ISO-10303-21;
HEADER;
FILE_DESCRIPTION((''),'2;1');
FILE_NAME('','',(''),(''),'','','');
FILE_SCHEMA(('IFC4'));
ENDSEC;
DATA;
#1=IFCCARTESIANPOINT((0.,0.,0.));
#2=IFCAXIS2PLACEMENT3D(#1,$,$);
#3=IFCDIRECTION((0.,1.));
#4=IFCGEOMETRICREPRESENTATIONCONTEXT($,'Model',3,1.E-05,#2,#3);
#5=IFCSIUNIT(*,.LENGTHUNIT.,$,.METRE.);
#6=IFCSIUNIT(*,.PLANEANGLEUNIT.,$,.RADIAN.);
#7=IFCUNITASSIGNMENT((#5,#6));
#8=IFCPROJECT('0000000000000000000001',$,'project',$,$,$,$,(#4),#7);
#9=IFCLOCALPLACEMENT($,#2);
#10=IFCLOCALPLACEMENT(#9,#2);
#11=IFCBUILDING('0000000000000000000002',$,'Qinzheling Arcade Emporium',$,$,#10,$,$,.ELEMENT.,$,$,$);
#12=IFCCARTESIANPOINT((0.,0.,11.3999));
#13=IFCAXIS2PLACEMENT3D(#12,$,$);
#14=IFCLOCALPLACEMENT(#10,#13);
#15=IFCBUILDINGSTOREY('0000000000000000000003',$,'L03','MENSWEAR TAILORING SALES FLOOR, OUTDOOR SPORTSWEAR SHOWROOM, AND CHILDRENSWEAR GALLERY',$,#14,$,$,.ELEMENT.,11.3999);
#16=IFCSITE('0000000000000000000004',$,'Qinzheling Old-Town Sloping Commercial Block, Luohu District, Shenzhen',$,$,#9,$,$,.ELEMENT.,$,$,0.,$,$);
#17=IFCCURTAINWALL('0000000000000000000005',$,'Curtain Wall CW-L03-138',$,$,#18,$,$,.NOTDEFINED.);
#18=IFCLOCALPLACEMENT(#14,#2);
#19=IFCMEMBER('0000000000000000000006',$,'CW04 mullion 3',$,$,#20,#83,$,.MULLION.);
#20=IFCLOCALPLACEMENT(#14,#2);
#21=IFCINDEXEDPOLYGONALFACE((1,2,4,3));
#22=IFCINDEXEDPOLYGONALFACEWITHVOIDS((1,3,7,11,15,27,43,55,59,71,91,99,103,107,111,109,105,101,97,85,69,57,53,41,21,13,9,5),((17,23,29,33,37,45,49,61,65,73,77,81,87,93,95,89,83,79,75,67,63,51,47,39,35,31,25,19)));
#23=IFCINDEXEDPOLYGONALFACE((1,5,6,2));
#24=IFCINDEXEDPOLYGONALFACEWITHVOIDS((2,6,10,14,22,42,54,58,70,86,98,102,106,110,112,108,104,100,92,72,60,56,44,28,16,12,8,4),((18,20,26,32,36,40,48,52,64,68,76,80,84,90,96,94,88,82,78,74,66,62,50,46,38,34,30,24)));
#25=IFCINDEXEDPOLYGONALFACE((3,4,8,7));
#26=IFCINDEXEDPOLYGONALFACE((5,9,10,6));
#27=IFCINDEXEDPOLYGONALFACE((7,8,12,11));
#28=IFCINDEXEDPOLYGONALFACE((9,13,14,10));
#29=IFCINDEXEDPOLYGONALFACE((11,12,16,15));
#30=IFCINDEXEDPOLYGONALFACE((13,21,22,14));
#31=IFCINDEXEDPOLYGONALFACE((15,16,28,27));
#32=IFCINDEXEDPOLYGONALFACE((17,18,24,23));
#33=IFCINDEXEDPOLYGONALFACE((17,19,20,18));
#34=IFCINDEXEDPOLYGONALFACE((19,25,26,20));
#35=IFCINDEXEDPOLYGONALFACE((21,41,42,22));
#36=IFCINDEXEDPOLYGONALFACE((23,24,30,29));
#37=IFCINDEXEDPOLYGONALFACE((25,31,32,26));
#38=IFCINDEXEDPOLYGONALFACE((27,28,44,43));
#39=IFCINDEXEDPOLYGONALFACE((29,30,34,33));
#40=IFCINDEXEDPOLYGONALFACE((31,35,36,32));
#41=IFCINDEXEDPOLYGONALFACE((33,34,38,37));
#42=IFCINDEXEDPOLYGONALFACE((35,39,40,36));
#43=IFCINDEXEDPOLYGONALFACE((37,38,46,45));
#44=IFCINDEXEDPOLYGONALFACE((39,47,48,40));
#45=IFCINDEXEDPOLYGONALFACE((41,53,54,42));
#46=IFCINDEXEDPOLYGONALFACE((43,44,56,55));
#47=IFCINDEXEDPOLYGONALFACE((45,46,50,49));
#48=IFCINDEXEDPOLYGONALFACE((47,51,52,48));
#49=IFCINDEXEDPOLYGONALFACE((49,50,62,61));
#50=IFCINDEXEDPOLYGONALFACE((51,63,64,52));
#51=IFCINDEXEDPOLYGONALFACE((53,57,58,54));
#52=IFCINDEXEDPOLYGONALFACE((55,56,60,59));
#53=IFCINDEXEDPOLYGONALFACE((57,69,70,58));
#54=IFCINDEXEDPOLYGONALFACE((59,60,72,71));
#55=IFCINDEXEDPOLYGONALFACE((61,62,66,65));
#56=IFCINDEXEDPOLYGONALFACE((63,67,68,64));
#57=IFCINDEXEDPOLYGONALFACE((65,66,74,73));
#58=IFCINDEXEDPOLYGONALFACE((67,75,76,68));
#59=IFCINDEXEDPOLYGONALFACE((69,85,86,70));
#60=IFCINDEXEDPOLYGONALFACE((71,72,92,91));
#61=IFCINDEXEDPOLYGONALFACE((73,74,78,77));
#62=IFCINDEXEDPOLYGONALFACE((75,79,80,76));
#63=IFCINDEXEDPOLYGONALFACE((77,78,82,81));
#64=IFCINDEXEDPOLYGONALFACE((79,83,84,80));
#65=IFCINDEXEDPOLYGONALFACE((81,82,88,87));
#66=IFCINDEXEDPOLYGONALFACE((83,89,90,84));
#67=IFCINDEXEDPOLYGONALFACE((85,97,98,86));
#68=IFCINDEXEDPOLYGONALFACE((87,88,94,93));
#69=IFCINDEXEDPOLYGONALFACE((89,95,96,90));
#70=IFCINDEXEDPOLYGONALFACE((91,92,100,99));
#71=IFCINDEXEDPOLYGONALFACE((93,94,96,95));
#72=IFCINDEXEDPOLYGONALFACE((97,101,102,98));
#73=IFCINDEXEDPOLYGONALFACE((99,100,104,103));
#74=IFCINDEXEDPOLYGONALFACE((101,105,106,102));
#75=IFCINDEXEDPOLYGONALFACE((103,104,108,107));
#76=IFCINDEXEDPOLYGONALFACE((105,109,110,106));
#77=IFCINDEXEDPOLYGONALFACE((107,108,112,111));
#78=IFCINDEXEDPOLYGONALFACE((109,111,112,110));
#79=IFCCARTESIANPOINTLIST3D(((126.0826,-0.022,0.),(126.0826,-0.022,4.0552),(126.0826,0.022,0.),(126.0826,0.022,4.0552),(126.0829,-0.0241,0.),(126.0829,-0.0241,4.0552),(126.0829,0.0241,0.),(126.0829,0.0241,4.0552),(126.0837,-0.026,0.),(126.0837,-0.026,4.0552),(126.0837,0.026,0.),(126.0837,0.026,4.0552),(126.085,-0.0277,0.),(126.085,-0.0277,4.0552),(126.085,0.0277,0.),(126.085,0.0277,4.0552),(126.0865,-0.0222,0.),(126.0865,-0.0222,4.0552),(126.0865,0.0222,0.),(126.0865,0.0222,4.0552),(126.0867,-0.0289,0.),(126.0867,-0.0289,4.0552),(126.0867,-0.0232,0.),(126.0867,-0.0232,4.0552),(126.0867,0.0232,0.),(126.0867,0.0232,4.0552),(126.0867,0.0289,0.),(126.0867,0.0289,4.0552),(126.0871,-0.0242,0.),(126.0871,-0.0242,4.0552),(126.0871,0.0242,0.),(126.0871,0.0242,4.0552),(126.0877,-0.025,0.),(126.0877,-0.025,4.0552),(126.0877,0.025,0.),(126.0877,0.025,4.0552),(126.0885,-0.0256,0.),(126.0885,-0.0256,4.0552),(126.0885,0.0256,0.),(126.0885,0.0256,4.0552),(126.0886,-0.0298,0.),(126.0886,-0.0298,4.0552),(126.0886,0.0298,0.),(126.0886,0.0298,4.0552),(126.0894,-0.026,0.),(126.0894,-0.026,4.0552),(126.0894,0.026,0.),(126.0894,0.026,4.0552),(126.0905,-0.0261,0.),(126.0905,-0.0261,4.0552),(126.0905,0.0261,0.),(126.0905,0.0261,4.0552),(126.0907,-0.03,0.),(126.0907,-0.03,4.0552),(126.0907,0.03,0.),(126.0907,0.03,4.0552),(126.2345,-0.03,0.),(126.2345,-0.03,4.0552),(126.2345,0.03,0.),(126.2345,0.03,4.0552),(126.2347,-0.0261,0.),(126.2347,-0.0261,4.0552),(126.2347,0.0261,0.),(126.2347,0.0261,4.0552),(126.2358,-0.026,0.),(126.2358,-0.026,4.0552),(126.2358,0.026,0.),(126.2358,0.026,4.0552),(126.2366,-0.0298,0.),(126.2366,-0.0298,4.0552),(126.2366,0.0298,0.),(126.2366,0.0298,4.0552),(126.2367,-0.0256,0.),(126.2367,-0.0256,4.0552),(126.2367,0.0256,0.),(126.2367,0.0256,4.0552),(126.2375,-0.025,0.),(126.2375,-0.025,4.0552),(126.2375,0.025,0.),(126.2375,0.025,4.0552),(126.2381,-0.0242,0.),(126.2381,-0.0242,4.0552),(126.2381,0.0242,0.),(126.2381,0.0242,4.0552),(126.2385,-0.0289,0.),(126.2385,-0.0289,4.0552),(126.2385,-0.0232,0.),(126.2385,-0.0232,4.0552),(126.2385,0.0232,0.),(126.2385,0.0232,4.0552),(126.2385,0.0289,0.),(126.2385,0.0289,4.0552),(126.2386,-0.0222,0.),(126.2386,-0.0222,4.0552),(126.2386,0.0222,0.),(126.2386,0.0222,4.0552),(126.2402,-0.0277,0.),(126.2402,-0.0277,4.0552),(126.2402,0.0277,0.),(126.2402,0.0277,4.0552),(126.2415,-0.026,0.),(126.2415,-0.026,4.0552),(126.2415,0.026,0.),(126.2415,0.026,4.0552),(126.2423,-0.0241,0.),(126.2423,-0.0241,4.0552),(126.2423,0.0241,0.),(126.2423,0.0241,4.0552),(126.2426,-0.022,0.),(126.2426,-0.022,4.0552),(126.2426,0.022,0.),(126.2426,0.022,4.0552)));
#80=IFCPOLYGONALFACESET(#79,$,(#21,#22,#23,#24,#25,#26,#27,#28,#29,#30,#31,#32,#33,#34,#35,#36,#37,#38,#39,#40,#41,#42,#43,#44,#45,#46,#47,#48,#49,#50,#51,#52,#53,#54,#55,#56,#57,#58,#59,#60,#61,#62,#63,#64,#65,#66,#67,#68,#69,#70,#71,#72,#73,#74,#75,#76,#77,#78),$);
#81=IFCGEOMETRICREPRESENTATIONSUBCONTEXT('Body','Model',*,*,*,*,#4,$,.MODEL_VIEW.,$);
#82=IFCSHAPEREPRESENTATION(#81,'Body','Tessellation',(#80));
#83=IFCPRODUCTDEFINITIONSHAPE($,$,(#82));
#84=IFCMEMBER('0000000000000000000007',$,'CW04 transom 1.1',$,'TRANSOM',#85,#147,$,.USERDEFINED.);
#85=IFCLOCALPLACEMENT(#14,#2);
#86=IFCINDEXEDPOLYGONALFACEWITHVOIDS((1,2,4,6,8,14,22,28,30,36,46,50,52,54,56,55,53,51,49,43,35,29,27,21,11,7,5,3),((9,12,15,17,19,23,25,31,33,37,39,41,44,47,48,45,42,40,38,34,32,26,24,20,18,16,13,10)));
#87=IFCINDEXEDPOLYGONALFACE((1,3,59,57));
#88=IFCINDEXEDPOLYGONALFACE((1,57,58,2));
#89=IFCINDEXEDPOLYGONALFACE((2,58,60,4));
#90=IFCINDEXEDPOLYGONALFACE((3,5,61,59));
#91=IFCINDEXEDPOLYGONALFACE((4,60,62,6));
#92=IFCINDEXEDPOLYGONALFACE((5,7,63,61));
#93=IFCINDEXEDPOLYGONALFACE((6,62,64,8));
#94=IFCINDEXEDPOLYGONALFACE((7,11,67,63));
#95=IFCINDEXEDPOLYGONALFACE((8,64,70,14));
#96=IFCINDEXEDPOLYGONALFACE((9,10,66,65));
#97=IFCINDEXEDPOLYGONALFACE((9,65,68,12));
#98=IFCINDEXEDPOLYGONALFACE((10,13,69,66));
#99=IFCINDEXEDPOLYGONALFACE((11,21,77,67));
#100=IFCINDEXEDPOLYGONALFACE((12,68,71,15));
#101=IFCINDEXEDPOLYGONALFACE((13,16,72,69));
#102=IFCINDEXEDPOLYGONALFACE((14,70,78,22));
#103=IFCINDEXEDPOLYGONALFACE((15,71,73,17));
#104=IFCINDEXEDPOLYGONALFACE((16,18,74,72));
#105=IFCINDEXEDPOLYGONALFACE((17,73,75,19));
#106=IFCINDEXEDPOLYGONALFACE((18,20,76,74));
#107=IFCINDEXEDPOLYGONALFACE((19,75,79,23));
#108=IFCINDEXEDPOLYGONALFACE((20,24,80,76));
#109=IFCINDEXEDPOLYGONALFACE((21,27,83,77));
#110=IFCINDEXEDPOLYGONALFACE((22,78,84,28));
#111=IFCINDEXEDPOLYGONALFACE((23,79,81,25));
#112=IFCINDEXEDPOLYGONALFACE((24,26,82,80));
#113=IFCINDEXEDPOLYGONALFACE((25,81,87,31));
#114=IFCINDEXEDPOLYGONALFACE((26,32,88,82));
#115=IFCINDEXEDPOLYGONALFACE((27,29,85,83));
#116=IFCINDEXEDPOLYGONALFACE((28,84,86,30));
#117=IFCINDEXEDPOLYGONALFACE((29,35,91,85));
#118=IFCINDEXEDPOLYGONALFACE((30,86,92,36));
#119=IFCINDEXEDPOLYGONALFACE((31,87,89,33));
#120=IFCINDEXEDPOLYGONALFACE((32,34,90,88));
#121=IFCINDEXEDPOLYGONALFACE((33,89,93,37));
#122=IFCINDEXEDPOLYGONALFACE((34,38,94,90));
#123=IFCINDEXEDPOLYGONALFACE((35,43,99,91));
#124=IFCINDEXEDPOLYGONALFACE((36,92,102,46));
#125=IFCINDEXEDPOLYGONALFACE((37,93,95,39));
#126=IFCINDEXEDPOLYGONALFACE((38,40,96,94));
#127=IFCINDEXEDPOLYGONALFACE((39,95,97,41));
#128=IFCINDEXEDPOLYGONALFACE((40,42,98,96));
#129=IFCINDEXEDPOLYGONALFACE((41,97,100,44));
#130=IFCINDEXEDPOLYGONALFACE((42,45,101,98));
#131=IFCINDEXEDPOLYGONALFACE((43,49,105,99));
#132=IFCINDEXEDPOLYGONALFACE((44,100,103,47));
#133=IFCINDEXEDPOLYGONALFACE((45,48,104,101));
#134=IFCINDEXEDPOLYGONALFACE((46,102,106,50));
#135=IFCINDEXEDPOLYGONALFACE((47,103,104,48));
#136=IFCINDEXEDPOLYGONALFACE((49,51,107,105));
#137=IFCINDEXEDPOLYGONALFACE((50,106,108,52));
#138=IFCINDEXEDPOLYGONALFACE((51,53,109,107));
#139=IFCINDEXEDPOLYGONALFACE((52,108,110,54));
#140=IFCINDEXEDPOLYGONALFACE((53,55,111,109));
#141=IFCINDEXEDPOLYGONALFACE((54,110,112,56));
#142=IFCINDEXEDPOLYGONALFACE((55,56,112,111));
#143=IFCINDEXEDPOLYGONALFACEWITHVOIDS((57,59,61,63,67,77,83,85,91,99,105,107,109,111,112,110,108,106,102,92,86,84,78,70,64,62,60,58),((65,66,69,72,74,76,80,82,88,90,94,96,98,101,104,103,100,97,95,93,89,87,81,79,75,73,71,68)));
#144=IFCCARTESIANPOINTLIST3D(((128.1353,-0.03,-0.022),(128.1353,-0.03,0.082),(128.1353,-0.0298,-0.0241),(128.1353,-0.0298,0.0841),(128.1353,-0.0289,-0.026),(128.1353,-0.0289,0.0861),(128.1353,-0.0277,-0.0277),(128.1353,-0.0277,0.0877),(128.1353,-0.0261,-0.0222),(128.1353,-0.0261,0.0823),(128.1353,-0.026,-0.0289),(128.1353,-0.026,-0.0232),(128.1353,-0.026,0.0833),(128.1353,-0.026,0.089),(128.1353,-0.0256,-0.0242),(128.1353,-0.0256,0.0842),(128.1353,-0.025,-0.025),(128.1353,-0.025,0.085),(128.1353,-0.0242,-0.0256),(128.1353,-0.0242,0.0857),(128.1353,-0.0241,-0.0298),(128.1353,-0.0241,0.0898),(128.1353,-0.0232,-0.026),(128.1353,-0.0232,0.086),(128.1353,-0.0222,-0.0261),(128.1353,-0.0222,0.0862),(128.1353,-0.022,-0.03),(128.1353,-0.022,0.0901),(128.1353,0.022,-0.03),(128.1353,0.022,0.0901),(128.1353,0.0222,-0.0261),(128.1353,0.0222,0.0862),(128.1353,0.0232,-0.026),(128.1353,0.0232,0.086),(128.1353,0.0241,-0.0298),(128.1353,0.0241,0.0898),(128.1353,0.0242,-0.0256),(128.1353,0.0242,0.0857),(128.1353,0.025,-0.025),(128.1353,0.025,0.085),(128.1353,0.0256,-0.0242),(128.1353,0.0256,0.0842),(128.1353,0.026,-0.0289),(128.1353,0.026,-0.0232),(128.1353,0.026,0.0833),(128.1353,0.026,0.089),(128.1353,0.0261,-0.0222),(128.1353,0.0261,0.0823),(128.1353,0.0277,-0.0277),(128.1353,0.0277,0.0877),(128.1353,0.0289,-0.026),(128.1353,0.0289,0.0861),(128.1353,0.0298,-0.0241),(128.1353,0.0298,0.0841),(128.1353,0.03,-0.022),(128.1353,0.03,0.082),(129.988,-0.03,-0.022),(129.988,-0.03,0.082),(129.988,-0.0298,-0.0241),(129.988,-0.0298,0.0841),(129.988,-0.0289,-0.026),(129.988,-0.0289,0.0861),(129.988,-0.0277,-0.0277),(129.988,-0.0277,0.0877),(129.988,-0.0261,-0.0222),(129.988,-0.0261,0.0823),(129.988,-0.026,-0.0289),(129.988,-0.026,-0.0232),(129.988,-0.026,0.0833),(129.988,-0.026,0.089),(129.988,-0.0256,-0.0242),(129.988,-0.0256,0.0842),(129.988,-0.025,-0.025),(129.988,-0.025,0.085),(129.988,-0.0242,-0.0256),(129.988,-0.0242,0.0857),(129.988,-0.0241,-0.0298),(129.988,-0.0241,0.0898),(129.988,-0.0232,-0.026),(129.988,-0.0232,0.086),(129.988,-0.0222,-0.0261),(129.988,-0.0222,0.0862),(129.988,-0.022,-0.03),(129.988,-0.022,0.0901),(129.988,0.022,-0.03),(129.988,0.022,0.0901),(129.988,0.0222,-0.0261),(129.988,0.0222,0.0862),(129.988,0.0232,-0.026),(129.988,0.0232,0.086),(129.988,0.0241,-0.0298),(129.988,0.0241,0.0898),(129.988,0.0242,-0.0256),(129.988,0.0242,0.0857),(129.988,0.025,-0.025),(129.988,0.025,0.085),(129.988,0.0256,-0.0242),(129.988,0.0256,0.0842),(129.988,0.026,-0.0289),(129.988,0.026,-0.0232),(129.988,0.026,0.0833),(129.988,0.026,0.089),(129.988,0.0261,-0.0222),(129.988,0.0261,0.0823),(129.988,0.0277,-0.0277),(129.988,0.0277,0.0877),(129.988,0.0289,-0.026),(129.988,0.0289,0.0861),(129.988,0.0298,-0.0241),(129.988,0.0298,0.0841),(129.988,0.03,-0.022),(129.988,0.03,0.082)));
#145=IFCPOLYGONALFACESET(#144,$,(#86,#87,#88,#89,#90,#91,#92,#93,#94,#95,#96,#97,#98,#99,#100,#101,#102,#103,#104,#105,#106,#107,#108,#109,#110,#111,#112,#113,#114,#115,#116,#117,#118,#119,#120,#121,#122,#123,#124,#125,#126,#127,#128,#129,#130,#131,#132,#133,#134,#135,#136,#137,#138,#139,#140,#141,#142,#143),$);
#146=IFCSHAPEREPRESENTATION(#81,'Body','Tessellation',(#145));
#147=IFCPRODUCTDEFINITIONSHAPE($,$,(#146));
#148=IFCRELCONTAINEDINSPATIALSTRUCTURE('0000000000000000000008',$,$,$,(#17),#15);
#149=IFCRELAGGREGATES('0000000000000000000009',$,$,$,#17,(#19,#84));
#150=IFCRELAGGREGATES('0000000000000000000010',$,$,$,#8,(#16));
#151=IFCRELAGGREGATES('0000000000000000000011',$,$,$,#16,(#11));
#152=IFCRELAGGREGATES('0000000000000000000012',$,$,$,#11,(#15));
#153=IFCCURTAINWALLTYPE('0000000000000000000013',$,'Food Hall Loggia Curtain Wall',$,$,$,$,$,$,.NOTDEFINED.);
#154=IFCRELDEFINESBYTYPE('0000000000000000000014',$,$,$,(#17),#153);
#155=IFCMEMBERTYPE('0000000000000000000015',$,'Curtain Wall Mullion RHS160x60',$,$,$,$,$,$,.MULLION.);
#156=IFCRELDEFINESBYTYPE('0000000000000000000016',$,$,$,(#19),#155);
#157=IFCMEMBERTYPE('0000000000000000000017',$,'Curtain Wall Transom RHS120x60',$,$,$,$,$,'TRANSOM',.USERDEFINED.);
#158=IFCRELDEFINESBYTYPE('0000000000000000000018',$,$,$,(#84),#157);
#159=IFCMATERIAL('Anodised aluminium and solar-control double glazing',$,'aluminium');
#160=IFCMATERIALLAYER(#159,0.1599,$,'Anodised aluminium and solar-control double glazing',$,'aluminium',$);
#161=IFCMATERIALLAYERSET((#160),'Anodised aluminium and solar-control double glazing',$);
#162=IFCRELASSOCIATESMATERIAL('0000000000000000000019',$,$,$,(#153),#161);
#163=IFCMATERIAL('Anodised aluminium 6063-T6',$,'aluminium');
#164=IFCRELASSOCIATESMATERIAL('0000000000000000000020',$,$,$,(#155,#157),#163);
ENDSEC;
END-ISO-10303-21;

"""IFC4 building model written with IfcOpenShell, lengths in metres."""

from ifc_helpers import new_model, si_unit, direction, frame, origin, origin_2d, place, context, subcontext, project, spatial, hollow_rectangle, extrude, material, layer, layer_set, material_profile, profile_set, type_object, element, aggregate, save


model = new_model("IFC4")

# Units and contexts
model_context = context("Model", 3, precision=1e-05, world=origin(), true_north=direction((0.0, 1.0)))
body_context = subcontext(model_context, "Body", "Model", "MODEL_VIEW")
ifc_project = project(units=[si_unit("LENGTHUNIT", "METRE"), si_unit("PLANEANGLEUNIT", "RADIAN")], contexts=[model_context])

# Site, building, storey
site_placement = place(None, origin())
site = spatial("IfcSite", under=ifc_project, at=site_placement, Name="Qinzheling Old-Town Sloping Commercial Block, Luohu District, Shenzhen", CompositionType="ELEMENT", RefElevation=0.0)
building_placement = place(site_placement, origin())
building = spatial("IfcBuilding", under=site, at=building_placement, Name="Qinzheling Arcade Emporium", CompositionType="ELEMENT")
storey_placement = place(building_placement, frame((0.0, 0.0, 11.3999)))
storey = spatial("IfcBuildingStorey", under=building, at=storey_placement, Name="L03", Description="MENSWEAR TAILORING SALES FLOOR, OUTDOOR SPORTSWEAR SHOWROOM, AND CHILDRENSWEAR GALLERY", CompositionType="ELEMENT", Elevation=11.3999)

# Curtain wall, members
ifc_material_1 = material(Name="Anodised aluminium and solar-control double glazing", Category="aluminium")
ifc_layer_1 = layer(ifc_material_1, 0.1599, Name="Anodised aluminium and solar-control double glazing", Category="aluminium")
ifc_layer_set_1 = layer_set([ifc_layer_1], Name="Anodised aluminium and solar-control double glazing")
curtain_wall_type = type_object("IfcCurtainWallType", Name="Food Hall Loggia Curtain Wall", PredefinedType="NOTDEFINED", material=ifc_layer_set_1)
curtain_wall_placement = place(storey_placement, origin())
curtain_wall = element("IfcCurtainWall", 1, at=curtain_wall_placement, inside=storey, type_object=curtain_wall_type, Name="Curtain Wall CW-L03-138", PredefinedType="NOTDEFINED")
ifc_material_2 = material(Name="Anodised aluminium 6063-T6", Category="aluminium")
ifc_material_profile_1 = material_profile(ifc_material_2, hollow_rectangle(XDim=0.0601, YDim=0.1599, WallThickness=0.0039, InnerFilletRadius=0.0039, OuterFilletRadius=0.0081, at=origin_2d()), Name="RHS 160x60x4", Category="aluminium")
ifc_profile_set_1 = profile_set([ifc_material_profile_1], Name="Anodised aluminium 6063-T6")
member_type_1 = type_object("IfcMemberType", Name="Curtain Wall Mullion RHS160x60", PredefinedType="MULLION", material=ifc_profile_set_1)
member_1_placement = place(storey_placement, frame((126.1626, 0.0, 0.0), z_axis=(0.0, 0.0, 1.0), x_axis=(0.0, -1.0, 0.0)))
member_1 = element("IfcMember", 2, at=member_1_placement, type_object=member_type_1, Name="CW04 mullion 3", PredefinedType="MULLION", context=body_context, shape_type="SweptSolid", body=[
    extrude(hollow_rectangle(XDim=0.0601, YDim=0.1599, WallThickness=0.0039, InnerFilletRadius=0.0039, OuterFilletRadius=0.0081, at=origin_2d()), origin(), (0.0, 0.0, 1.0), 4.0552),
])
ifc_material_profile_2 = material_profile(ifc_material_2, hollow_rectangle(XDim=0.0601, YDim=0.1201, WallThickness=0.0039, InnerFilletRadius=0.0039, OuterFilletRadius=0.0081, at=origin_2d()), Name="RHS 120x60x4", Category="aluminium")
ifc_profile_set_2 = profile_set([ifc_material_profile_2], Name="Anodised aluminium 6063-T6")
member_type_2 = type_object("IfcMemberType", Name="Curtain Wall Transom RHS120x60", ElementType="TRANSOM", PredefinedType="USERDEFINED", material=ifc_profile_set_2)
member_2_placement = place(storey_placement, frame((129.988, 0.0, 0.03), z_axis=(-1.0, 0.0, 0.0), x_axis=(0.0, -1.0, 0.0)))
member_2 = element("IfcMember", 3, at=member_2_placement, type_object=member_type_2, Name="CW04 transom 1.1", ObjectType="TRANSOM", PredefinedType="USERDEFINED", context=body_context, shape_type="SweptSolid", body=[
    extrude(hollow_rectangle(XDim=0.0601, YDim=0.1201, WallThickness=0.0039, InnerFilletRadius=0.0039, OuterFilletRadius=0.0081, at=origin_2d()), origin(), (0.0, 0.0, 1.0), 1.8528),
])
aggregate(curtain_wall, [member_1, member_2])

save(model, "model.ifc")
